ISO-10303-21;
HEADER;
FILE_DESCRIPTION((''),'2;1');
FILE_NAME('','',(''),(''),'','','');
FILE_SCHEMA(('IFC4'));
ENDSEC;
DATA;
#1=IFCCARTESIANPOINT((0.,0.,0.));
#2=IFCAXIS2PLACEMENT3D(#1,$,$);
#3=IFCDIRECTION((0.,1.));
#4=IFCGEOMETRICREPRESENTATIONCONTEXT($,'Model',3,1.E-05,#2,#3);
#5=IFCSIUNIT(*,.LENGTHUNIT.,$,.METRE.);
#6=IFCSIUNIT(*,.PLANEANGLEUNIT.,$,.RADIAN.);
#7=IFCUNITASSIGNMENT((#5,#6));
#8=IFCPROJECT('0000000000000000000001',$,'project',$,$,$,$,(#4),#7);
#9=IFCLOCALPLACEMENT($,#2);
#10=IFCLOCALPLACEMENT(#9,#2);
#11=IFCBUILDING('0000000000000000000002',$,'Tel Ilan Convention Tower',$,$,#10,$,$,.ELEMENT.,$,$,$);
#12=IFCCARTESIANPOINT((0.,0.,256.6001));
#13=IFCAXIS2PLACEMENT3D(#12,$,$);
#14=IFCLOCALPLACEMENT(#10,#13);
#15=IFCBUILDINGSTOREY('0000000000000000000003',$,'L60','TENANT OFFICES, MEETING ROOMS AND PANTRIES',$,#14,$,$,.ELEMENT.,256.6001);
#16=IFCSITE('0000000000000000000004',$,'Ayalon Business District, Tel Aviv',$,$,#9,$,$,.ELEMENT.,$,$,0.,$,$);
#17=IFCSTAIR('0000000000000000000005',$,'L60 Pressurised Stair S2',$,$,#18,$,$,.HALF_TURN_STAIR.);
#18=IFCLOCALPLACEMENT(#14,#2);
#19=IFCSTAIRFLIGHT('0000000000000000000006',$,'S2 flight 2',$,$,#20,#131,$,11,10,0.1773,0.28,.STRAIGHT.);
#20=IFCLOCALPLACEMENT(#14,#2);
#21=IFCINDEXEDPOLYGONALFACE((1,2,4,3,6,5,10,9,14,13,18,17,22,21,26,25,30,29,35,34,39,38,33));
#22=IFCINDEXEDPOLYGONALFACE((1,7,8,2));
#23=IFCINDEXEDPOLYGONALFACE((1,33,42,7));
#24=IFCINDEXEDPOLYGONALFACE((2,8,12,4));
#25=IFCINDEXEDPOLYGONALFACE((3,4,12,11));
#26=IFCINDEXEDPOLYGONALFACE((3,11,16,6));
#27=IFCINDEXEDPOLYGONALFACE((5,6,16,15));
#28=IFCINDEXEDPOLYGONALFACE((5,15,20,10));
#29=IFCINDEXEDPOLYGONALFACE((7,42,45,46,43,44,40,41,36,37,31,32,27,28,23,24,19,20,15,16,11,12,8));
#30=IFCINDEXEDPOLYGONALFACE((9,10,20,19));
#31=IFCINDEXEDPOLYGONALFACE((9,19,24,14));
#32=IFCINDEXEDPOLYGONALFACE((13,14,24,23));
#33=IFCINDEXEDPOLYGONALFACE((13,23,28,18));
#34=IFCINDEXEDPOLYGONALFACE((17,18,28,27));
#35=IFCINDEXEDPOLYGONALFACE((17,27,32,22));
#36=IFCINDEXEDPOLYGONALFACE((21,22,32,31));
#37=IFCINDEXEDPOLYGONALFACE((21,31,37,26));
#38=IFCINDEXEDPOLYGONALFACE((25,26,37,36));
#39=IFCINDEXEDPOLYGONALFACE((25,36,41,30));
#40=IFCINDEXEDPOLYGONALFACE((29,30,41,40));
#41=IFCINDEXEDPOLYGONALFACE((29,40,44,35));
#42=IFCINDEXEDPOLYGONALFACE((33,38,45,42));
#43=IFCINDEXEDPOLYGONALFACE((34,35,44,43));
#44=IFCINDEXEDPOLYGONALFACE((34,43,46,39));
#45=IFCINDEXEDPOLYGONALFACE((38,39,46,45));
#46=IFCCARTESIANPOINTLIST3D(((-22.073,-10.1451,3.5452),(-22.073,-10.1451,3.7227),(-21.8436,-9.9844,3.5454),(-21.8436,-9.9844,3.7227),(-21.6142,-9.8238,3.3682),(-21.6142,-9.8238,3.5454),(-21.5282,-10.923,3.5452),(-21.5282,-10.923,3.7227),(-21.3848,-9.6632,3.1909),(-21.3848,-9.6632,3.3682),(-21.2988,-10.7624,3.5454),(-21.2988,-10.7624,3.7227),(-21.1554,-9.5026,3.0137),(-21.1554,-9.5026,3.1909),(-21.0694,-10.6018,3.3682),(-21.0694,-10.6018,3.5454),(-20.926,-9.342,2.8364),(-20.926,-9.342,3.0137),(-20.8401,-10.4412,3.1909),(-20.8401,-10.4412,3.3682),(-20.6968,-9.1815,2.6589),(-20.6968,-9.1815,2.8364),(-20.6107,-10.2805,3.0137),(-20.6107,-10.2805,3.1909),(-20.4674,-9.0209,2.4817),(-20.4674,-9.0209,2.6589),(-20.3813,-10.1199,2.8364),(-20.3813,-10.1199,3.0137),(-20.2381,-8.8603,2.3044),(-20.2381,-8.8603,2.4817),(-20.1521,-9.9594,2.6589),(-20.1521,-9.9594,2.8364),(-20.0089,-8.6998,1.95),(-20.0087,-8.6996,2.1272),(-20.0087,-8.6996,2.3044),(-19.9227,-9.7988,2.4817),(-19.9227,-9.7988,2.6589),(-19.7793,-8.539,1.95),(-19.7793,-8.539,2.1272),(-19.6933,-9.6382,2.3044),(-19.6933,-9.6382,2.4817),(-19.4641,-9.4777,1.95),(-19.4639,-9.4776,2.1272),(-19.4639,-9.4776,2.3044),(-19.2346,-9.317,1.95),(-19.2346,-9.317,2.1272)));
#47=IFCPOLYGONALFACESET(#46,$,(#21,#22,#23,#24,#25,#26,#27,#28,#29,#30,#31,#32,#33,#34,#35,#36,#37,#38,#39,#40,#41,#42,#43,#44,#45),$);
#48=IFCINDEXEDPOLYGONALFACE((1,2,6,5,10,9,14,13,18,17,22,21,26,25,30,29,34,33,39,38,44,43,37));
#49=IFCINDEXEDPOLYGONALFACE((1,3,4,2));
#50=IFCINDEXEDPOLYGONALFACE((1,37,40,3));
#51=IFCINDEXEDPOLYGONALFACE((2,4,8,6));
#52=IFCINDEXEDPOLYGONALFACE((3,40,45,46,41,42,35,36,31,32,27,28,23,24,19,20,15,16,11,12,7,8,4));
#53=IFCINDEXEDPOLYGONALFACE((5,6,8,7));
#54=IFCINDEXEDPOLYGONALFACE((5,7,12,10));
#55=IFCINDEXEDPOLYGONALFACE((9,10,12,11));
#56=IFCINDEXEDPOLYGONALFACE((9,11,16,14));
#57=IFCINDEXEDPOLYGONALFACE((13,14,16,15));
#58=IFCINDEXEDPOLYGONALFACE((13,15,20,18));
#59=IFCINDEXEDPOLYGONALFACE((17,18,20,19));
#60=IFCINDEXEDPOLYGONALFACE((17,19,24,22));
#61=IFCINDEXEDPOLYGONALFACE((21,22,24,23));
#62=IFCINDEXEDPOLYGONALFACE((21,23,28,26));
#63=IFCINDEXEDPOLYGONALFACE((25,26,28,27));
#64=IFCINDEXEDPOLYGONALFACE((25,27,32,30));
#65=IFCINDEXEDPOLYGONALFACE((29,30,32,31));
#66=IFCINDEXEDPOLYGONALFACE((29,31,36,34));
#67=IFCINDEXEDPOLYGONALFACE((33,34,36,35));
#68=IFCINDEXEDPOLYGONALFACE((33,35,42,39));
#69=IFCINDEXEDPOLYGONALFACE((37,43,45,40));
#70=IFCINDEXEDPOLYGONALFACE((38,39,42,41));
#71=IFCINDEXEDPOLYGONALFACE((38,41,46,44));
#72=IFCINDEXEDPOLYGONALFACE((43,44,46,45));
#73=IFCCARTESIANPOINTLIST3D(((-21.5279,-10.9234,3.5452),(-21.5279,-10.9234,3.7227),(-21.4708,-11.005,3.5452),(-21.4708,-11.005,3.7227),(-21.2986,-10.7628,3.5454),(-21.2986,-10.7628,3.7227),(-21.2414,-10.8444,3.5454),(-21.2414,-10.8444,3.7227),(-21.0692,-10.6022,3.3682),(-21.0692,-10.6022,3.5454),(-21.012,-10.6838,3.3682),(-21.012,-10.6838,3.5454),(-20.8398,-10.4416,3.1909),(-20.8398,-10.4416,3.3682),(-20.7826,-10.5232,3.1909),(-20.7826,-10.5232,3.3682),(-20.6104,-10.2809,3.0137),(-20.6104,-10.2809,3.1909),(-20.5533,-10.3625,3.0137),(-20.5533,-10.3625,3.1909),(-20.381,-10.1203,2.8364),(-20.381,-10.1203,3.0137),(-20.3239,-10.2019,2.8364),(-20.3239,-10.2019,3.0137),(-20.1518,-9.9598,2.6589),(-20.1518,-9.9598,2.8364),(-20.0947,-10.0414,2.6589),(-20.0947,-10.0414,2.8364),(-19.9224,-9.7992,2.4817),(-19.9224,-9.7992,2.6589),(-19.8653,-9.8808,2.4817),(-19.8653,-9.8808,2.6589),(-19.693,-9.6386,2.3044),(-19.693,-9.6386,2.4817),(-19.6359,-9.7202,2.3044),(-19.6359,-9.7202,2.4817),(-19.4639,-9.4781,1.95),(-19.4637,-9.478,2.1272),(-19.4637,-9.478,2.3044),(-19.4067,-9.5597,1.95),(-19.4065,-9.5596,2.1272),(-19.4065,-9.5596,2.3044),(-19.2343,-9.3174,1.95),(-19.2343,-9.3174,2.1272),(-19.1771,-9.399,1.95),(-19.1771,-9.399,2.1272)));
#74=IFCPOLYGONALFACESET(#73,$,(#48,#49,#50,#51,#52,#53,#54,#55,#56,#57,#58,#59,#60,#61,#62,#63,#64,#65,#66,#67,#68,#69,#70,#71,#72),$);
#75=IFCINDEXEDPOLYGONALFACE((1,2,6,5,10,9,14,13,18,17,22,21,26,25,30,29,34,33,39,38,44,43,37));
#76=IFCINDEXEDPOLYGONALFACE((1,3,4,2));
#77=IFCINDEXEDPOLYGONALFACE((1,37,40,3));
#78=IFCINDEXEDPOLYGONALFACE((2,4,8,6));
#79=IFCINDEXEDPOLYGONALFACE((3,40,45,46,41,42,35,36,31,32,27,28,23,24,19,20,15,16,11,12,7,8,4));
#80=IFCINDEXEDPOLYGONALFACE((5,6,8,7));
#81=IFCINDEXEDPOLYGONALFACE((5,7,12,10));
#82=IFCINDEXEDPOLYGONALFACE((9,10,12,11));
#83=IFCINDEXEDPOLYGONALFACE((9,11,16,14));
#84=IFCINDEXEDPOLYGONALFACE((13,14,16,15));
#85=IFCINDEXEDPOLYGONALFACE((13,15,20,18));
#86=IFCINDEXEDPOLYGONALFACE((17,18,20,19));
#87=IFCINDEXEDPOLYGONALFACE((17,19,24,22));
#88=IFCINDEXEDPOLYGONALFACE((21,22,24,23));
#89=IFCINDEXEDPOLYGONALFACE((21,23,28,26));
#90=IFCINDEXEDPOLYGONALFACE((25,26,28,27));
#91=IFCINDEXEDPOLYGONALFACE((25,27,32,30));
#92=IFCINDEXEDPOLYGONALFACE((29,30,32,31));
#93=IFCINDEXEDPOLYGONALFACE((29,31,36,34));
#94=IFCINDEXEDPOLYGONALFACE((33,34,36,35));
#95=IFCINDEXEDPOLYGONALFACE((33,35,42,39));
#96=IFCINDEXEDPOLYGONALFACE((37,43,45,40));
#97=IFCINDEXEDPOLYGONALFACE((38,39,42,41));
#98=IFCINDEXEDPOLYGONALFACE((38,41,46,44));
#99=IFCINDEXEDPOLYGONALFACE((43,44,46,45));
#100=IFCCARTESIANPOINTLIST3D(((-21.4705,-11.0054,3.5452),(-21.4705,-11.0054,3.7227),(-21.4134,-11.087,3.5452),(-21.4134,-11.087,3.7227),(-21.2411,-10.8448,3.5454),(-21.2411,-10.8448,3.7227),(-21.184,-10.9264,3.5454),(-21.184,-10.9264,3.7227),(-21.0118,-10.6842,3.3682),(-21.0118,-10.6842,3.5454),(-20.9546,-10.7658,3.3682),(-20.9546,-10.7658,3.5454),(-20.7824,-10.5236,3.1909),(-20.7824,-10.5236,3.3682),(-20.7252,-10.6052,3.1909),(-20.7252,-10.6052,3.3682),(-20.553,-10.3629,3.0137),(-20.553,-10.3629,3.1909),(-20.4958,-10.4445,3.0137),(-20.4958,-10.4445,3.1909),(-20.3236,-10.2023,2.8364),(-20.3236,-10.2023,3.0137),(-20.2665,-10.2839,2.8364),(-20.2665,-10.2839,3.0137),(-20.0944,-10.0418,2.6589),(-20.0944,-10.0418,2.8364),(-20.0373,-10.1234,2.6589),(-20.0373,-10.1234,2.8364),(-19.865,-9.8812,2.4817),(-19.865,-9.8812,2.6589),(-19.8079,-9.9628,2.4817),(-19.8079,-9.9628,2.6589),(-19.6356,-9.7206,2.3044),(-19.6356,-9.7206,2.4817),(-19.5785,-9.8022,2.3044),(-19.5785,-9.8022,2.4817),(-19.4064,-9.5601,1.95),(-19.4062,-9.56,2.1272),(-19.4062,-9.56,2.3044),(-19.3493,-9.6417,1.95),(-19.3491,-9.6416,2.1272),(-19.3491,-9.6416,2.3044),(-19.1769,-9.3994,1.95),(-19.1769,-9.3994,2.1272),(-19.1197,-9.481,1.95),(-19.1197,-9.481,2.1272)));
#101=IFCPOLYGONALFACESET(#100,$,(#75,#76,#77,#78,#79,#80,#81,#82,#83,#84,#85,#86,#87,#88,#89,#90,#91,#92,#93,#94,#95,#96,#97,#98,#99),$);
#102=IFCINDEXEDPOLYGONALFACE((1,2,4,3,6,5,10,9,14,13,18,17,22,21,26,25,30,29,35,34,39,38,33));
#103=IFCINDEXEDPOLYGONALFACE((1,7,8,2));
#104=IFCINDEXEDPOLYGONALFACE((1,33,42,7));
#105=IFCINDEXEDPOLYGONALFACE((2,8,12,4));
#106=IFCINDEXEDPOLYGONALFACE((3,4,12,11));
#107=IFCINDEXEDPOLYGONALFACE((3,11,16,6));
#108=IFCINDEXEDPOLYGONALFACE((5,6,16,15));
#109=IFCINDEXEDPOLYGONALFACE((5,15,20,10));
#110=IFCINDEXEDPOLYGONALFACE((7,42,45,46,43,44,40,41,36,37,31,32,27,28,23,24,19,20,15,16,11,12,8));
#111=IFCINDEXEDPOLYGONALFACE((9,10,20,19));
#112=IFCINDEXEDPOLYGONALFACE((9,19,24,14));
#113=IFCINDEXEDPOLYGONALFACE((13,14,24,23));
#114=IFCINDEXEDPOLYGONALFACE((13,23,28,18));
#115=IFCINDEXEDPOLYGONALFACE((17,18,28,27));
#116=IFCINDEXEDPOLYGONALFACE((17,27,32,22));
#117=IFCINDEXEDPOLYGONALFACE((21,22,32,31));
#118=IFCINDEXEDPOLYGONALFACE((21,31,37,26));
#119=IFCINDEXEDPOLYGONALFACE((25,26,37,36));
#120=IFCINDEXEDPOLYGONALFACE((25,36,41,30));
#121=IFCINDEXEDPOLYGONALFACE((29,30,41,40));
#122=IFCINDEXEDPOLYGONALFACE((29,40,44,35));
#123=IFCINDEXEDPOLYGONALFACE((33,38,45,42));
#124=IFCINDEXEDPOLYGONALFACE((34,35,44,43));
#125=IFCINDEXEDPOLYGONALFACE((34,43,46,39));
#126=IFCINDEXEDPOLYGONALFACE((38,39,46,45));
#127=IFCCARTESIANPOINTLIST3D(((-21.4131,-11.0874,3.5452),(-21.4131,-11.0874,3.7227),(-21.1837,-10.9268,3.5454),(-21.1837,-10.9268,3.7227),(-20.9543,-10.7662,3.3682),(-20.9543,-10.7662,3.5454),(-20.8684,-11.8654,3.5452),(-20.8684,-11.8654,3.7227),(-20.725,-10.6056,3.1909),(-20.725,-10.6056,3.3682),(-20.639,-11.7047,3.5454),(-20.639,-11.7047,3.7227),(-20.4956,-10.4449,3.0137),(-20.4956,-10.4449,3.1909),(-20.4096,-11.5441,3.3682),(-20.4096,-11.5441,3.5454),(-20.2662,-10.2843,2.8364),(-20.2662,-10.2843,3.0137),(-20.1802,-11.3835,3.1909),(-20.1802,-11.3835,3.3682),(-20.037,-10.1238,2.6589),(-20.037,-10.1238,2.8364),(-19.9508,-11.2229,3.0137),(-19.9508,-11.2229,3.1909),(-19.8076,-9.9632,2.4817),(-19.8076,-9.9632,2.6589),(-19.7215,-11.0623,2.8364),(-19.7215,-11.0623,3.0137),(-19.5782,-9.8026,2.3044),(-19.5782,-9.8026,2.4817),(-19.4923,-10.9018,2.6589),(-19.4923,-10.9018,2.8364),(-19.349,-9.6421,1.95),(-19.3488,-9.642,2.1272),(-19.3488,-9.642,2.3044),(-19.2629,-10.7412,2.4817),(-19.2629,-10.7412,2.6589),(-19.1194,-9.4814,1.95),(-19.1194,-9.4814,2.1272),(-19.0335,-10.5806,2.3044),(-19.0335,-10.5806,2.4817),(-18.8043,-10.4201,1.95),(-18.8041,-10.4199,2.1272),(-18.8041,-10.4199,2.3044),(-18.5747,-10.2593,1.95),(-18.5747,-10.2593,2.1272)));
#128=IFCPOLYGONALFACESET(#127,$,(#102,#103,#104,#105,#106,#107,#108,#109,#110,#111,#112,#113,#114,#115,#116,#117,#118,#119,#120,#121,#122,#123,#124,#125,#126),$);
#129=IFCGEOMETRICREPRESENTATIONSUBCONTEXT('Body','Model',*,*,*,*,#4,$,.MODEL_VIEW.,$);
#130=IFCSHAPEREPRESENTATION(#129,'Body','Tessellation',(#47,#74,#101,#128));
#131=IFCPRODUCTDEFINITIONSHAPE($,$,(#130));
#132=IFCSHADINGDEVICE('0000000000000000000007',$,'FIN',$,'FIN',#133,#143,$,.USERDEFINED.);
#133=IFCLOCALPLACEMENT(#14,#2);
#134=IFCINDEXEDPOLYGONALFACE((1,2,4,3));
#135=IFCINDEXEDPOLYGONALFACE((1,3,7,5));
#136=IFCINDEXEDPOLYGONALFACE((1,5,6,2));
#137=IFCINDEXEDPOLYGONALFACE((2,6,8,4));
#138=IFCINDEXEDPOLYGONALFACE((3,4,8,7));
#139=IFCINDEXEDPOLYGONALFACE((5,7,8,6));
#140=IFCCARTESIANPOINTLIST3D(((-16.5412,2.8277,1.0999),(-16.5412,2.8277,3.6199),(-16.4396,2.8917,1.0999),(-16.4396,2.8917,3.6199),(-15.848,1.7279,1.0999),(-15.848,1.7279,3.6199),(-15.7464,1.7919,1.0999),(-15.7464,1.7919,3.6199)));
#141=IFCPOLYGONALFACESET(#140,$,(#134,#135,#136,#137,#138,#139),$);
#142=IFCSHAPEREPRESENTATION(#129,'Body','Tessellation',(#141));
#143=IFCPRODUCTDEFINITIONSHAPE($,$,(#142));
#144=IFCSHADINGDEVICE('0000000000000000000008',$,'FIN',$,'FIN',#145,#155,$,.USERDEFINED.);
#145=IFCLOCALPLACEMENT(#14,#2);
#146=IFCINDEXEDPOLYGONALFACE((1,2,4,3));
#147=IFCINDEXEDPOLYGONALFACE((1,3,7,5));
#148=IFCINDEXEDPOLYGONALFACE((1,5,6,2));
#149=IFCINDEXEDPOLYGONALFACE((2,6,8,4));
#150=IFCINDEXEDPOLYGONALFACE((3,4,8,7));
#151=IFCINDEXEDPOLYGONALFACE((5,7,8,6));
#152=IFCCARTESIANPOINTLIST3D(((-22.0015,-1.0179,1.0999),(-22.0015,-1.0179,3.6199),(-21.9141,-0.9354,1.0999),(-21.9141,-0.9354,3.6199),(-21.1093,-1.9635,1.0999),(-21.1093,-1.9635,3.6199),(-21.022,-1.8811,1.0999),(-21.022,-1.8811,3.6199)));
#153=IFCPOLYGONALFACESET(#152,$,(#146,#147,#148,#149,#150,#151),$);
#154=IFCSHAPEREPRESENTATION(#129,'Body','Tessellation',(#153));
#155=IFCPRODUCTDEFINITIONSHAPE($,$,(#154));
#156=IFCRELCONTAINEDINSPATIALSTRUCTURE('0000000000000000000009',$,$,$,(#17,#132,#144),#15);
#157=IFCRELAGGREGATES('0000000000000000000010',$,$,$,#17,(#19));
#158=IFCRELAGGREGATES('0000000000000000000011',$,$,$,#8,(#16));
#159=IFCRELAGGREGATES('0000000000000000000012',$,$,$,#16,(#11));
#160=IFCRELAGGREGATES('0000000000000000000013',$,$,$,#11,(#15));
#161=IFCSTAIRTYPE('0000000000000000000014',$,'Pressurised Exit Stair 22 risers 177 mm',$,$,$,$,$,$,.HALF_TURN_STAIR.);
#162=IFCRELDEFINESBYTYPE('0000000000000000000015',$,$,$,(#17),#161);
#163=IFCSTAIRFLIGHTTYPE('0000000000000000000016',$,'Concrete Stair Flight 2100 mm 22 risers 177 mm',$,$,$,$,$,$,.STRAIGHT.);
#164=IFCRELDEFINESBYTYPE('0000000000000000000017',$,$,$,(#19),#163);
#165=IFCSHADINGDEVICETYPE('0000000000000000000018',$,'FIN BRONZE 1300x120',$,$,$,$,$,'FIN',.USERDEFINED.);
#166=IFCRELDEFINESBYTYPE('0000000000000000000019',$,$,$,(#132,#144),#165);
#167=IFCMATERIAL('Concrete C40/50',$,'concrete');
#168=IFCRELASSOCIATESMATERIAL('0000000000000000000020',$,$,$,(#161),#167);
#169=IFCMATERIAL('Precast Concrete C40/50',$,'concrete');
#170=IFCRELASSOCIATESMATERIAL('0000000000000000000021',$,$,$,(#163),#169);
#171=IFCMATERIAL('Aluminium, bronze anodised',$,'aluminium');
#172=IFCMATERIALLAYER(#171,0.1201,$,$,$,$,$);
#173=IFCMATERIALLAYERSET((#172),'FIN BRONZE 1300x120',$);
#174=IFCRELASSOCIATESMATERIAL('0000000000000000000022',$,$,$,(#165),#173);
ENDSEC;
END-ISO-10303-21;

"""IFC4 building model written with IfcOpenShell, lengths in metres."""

from ifc_helpers import new_model, si_unit, direction, frame, origin, origin_2d, place, context, subcontext, project, spatial, polyline, rectangle, outline, extrude, material, layer, layer_set, type_object, element, aggregate, save


model = new_model("IFC4")

# Units and contexts
model_context = context("Model", 3, precision=1e-05, world=origin(), true_north=direction((0.0, 1.0)))
body_context = subcontext(model_context, "Body", "Model", "MODEL_VIEW")
ifc_project = project(units=[si_unit("LENGTHUNIT", "METRE"), si_unit("PLANEANGLEUNIT", "RADIAN")], contexts=[model_context])

# Site, building, storey
site_placement = place(None, origin())
site = spatial("IfcSite", under=ifc_project, at=site_placement, Name="Ayalon Business District, Tel Aviv", CompositionType="ELEMENT", RefElevation=0.0)
building_placement = place(site_placement, origin())
building = spatial("IfcBuilding", under=site, at=building_placement, Name="Tel Ilan Convention Tower", CompositionType="ELEMENT")
storey_placement = place(building_placement, frame((0.0, 0.0, 256.6001)))
storey = spatial("IfcBuildingStorey", under=building, at=storey_placement, Name="L60", Description="TENANT OFFICES, MEETING ROOMS AND PANTRIES", CompositionType="ELEMENT", Elevation=256.6001)

# Shared definitions
ifc_material_1 = material(Name="Concrete C40/50", Category="concrete")
stair_type = type_object("IfcStairType", Name="Pressurised Exit Stair 22 risers 177 mm", PredefinedType="HALF_TURN_STAIR", material=ifc_material_1)
ifc_material_2 = material(Name="Precast Concrete C40/50", Category="concrete")
stair_flight_type = type_object("IfcStairFlightType", Name="Concrete Stair Flight 2100 mm 22 risers 177 mm", PredefinedType="STRAIGHT", material=ifc_material_2)

# Stair, stair flight
stair_1_placement = place(storey_placement, origin())
stair_1 = element("IfcStair", 1, at=stair_1_placement, inside=storey, type_object=stair_type, Name="L60 Pressurised Stair S2", PredefinedType="HALF_TURN_STAIR")
stair_flight_1_placement = place(storey_placement, frame((-19.177, -9.3992, 1.95), z_axis=(0.0, 0.0, 1.0), x_axis=(-0.819152, -0.573576, 0.0)))
stair_flight_1 = element("IfcStairFlight", 2, at=stair_flight_1_placement, type_object=stair_flight_type, Name="S2 flight 2", NumberOfRisers=11, NumberOfTreads=10, PredefinedType="STRAIGHT", RiserHeight=0.1773, TreadLength=0.28, context=body_context, shape_type="SweptSolid", body=[
    extrude(outline(polyline([(0.0, 0.0), (0.0, 0.1772), (0.28, 0.1772), (0.28, 0.3545), (0.5601, 0.3545), (0.5601, 0.5317), (0.8401, 0.5317), (0.8401, 0.709), (1.1201, 0.709), (1.1201, 0.8865), (1.3999, 0.8865), (1.3999, 1.0637), (1.6799, 1.0637), (1.6799, 1.241), (1.96, 1.241), (1.96, 1.4182), (2.24, 1.4182), (2.24, 1.5955), (2.52, 1.5955), (2.52, 1.7727), (2.8, 1.7727), (2.8, 1.95), (2.8, 1.5952), (0.2803, 0.0), (0.0, 0.0)])), frame((0.0, -0.1003, 0.0), z_axis=(0.0, -1.0, 0.0), x_axis=(1.0, 0.0, 0.0)), (0.0, 0.0, 1.0), 0.9497),
    extrude(outline(polyline([(0.0, 0.0), (0.0, 0.1772), (0.28, 0.1772), (0.28, 0.3545), (0.5601, 0.3545), (0.5601, 0.5317), (0.8401, 0.5317), (0.8401, 0.709), (1.1201, 0.709), (1.1201, 0.8865), (1.3999, 0.8865), (1.3999, 1.0637), (1.6799, 1.0637), (1.6799, 1.241), (1.96, 1.241), (1.96, 1.4182), (2.24, 1.4182), (2.24, 1.5955), (2.52, 1.5955), (2.52, 1.7727), (2.8, 1.7727), (2.8, 1.95), (2.8, 1.5952), (0.2803, 0.0), (0.0, 0.0)])), frame((0.0, -0.0002, 0.0), z_axis=(0.0, -1.0, 0.0), x_axis=(1.0, 0.0, 0.0)), (0.0, 0.0, 1.0), 0.0996),
    extrude(outline(polyline([(0.0, 0.0), (0.0, 0.1772), (0.28, 0.1772), (0.28, 0.3545), (0.5601, 0.3545), (0.5601, 0.5317), (0.8401, 0.5317), (0.8401, 0.709), (1.1201, 0.709), (1.1201, 0.8865), (1.3999, 0.8865), (1.3999, 1.0637), (1.6799, 1.0637), (1.6799, 1.241), (1.96, 1.241), (1.96, 1.4182), (2.24, 1.4182), (2.24, 1.5955), (2.52, 1.5955), (2.52, 1.7727), (2.8, 1.7727), (2.8, 1.95), (2.8, 1.5952), (0.2803, 0.0), (0.0, 0.0)])), frame((0.0, 0.0999, 0.0), z_axis=(0.0, -1.0, 0.0), x_axis=(1.0, 0.0, 0.0)), (0.0, 0.0, 1.0), 0.0996),
    extrude(outline(polyline([(0.0, 0.0), (0.0, 0.1772), (0.28, 0.1772), (0.28, 0.3545), (0.5601, 0.3545), (0.5601, 0.5317), (0.8401, 0.5317), (0.8401, 0.709), (1.1201, 0.709), (1.1201, 0.8865), (1.3999, 0.8865), (1.3999, 1.0637), (1.6799, 1.0637), (1.6799, 1.241), (1.96, 1.241), (1.96, 1.4182), (2.24, 1.4182), (2.24, 1.5955), (2.52, 1.5955), (2.52, 1.7727), (2.8, 1.7727), (2.8, 1.95), (2.8, 1.5952), (0.2803, 0.0), (0.0, 0.0)])), frame((0.0, 1.05, 0.0), z_axis=(0.0, -1.0, 0.0), x_axis=(1.0, 0.0, 0.0)), (0.0, 0.0, 1.0), 0.9497),
])
aggregate(stair_1, [stair_flight_1])

# Shading devices
ifc_material_3 = material(Name="Aluminium, bronze anodised", Category="aluminium")
ifc_layer_1 = layer(ifc_material_3, 0.1201)
ifc_layer_set_1 = layer_set([ifc_layer_1], Name="FIN BRONZE 1300x120")
shading_device_type = type_object("IfcShadingDeviceType", Name="FIN BRONZE 1300x120", ElementType="FIN", PredefinedType="USERDEFINED", material=ifc_layer_set_1)
for number, where, z_axis, x_axis, name in (
    (3, (-16.1438, 2.3098, 1.0999), (0.0, 0.0, 1.0), (-0.533204, 0.845986, 0.0), "FIN"),
    (4, (-21.5117, -1.4495, 1.0999), (0.0, 0.0, 1.0), (-0.686242, 0.727374, 0.0), "FIN"),
):
    element("IfcShadingDevice", number, at=place(storey_placement, frame(where, z_axis=z_axis, x_axis=x_axis)), inside=storey, type_object=shading_device_type, Name=name, ObjectType="FIN", PredefinedType="USERDEFINED", context=body_context, shape_type="SweptSolid", body=[
        extrude(rectangle(XDim=1.3, YDim=0.1201, at=origin_2d()), origin(), (0.0, 0.0, 1.0), 2.52),
    ])

save(model, "model.ifc")
